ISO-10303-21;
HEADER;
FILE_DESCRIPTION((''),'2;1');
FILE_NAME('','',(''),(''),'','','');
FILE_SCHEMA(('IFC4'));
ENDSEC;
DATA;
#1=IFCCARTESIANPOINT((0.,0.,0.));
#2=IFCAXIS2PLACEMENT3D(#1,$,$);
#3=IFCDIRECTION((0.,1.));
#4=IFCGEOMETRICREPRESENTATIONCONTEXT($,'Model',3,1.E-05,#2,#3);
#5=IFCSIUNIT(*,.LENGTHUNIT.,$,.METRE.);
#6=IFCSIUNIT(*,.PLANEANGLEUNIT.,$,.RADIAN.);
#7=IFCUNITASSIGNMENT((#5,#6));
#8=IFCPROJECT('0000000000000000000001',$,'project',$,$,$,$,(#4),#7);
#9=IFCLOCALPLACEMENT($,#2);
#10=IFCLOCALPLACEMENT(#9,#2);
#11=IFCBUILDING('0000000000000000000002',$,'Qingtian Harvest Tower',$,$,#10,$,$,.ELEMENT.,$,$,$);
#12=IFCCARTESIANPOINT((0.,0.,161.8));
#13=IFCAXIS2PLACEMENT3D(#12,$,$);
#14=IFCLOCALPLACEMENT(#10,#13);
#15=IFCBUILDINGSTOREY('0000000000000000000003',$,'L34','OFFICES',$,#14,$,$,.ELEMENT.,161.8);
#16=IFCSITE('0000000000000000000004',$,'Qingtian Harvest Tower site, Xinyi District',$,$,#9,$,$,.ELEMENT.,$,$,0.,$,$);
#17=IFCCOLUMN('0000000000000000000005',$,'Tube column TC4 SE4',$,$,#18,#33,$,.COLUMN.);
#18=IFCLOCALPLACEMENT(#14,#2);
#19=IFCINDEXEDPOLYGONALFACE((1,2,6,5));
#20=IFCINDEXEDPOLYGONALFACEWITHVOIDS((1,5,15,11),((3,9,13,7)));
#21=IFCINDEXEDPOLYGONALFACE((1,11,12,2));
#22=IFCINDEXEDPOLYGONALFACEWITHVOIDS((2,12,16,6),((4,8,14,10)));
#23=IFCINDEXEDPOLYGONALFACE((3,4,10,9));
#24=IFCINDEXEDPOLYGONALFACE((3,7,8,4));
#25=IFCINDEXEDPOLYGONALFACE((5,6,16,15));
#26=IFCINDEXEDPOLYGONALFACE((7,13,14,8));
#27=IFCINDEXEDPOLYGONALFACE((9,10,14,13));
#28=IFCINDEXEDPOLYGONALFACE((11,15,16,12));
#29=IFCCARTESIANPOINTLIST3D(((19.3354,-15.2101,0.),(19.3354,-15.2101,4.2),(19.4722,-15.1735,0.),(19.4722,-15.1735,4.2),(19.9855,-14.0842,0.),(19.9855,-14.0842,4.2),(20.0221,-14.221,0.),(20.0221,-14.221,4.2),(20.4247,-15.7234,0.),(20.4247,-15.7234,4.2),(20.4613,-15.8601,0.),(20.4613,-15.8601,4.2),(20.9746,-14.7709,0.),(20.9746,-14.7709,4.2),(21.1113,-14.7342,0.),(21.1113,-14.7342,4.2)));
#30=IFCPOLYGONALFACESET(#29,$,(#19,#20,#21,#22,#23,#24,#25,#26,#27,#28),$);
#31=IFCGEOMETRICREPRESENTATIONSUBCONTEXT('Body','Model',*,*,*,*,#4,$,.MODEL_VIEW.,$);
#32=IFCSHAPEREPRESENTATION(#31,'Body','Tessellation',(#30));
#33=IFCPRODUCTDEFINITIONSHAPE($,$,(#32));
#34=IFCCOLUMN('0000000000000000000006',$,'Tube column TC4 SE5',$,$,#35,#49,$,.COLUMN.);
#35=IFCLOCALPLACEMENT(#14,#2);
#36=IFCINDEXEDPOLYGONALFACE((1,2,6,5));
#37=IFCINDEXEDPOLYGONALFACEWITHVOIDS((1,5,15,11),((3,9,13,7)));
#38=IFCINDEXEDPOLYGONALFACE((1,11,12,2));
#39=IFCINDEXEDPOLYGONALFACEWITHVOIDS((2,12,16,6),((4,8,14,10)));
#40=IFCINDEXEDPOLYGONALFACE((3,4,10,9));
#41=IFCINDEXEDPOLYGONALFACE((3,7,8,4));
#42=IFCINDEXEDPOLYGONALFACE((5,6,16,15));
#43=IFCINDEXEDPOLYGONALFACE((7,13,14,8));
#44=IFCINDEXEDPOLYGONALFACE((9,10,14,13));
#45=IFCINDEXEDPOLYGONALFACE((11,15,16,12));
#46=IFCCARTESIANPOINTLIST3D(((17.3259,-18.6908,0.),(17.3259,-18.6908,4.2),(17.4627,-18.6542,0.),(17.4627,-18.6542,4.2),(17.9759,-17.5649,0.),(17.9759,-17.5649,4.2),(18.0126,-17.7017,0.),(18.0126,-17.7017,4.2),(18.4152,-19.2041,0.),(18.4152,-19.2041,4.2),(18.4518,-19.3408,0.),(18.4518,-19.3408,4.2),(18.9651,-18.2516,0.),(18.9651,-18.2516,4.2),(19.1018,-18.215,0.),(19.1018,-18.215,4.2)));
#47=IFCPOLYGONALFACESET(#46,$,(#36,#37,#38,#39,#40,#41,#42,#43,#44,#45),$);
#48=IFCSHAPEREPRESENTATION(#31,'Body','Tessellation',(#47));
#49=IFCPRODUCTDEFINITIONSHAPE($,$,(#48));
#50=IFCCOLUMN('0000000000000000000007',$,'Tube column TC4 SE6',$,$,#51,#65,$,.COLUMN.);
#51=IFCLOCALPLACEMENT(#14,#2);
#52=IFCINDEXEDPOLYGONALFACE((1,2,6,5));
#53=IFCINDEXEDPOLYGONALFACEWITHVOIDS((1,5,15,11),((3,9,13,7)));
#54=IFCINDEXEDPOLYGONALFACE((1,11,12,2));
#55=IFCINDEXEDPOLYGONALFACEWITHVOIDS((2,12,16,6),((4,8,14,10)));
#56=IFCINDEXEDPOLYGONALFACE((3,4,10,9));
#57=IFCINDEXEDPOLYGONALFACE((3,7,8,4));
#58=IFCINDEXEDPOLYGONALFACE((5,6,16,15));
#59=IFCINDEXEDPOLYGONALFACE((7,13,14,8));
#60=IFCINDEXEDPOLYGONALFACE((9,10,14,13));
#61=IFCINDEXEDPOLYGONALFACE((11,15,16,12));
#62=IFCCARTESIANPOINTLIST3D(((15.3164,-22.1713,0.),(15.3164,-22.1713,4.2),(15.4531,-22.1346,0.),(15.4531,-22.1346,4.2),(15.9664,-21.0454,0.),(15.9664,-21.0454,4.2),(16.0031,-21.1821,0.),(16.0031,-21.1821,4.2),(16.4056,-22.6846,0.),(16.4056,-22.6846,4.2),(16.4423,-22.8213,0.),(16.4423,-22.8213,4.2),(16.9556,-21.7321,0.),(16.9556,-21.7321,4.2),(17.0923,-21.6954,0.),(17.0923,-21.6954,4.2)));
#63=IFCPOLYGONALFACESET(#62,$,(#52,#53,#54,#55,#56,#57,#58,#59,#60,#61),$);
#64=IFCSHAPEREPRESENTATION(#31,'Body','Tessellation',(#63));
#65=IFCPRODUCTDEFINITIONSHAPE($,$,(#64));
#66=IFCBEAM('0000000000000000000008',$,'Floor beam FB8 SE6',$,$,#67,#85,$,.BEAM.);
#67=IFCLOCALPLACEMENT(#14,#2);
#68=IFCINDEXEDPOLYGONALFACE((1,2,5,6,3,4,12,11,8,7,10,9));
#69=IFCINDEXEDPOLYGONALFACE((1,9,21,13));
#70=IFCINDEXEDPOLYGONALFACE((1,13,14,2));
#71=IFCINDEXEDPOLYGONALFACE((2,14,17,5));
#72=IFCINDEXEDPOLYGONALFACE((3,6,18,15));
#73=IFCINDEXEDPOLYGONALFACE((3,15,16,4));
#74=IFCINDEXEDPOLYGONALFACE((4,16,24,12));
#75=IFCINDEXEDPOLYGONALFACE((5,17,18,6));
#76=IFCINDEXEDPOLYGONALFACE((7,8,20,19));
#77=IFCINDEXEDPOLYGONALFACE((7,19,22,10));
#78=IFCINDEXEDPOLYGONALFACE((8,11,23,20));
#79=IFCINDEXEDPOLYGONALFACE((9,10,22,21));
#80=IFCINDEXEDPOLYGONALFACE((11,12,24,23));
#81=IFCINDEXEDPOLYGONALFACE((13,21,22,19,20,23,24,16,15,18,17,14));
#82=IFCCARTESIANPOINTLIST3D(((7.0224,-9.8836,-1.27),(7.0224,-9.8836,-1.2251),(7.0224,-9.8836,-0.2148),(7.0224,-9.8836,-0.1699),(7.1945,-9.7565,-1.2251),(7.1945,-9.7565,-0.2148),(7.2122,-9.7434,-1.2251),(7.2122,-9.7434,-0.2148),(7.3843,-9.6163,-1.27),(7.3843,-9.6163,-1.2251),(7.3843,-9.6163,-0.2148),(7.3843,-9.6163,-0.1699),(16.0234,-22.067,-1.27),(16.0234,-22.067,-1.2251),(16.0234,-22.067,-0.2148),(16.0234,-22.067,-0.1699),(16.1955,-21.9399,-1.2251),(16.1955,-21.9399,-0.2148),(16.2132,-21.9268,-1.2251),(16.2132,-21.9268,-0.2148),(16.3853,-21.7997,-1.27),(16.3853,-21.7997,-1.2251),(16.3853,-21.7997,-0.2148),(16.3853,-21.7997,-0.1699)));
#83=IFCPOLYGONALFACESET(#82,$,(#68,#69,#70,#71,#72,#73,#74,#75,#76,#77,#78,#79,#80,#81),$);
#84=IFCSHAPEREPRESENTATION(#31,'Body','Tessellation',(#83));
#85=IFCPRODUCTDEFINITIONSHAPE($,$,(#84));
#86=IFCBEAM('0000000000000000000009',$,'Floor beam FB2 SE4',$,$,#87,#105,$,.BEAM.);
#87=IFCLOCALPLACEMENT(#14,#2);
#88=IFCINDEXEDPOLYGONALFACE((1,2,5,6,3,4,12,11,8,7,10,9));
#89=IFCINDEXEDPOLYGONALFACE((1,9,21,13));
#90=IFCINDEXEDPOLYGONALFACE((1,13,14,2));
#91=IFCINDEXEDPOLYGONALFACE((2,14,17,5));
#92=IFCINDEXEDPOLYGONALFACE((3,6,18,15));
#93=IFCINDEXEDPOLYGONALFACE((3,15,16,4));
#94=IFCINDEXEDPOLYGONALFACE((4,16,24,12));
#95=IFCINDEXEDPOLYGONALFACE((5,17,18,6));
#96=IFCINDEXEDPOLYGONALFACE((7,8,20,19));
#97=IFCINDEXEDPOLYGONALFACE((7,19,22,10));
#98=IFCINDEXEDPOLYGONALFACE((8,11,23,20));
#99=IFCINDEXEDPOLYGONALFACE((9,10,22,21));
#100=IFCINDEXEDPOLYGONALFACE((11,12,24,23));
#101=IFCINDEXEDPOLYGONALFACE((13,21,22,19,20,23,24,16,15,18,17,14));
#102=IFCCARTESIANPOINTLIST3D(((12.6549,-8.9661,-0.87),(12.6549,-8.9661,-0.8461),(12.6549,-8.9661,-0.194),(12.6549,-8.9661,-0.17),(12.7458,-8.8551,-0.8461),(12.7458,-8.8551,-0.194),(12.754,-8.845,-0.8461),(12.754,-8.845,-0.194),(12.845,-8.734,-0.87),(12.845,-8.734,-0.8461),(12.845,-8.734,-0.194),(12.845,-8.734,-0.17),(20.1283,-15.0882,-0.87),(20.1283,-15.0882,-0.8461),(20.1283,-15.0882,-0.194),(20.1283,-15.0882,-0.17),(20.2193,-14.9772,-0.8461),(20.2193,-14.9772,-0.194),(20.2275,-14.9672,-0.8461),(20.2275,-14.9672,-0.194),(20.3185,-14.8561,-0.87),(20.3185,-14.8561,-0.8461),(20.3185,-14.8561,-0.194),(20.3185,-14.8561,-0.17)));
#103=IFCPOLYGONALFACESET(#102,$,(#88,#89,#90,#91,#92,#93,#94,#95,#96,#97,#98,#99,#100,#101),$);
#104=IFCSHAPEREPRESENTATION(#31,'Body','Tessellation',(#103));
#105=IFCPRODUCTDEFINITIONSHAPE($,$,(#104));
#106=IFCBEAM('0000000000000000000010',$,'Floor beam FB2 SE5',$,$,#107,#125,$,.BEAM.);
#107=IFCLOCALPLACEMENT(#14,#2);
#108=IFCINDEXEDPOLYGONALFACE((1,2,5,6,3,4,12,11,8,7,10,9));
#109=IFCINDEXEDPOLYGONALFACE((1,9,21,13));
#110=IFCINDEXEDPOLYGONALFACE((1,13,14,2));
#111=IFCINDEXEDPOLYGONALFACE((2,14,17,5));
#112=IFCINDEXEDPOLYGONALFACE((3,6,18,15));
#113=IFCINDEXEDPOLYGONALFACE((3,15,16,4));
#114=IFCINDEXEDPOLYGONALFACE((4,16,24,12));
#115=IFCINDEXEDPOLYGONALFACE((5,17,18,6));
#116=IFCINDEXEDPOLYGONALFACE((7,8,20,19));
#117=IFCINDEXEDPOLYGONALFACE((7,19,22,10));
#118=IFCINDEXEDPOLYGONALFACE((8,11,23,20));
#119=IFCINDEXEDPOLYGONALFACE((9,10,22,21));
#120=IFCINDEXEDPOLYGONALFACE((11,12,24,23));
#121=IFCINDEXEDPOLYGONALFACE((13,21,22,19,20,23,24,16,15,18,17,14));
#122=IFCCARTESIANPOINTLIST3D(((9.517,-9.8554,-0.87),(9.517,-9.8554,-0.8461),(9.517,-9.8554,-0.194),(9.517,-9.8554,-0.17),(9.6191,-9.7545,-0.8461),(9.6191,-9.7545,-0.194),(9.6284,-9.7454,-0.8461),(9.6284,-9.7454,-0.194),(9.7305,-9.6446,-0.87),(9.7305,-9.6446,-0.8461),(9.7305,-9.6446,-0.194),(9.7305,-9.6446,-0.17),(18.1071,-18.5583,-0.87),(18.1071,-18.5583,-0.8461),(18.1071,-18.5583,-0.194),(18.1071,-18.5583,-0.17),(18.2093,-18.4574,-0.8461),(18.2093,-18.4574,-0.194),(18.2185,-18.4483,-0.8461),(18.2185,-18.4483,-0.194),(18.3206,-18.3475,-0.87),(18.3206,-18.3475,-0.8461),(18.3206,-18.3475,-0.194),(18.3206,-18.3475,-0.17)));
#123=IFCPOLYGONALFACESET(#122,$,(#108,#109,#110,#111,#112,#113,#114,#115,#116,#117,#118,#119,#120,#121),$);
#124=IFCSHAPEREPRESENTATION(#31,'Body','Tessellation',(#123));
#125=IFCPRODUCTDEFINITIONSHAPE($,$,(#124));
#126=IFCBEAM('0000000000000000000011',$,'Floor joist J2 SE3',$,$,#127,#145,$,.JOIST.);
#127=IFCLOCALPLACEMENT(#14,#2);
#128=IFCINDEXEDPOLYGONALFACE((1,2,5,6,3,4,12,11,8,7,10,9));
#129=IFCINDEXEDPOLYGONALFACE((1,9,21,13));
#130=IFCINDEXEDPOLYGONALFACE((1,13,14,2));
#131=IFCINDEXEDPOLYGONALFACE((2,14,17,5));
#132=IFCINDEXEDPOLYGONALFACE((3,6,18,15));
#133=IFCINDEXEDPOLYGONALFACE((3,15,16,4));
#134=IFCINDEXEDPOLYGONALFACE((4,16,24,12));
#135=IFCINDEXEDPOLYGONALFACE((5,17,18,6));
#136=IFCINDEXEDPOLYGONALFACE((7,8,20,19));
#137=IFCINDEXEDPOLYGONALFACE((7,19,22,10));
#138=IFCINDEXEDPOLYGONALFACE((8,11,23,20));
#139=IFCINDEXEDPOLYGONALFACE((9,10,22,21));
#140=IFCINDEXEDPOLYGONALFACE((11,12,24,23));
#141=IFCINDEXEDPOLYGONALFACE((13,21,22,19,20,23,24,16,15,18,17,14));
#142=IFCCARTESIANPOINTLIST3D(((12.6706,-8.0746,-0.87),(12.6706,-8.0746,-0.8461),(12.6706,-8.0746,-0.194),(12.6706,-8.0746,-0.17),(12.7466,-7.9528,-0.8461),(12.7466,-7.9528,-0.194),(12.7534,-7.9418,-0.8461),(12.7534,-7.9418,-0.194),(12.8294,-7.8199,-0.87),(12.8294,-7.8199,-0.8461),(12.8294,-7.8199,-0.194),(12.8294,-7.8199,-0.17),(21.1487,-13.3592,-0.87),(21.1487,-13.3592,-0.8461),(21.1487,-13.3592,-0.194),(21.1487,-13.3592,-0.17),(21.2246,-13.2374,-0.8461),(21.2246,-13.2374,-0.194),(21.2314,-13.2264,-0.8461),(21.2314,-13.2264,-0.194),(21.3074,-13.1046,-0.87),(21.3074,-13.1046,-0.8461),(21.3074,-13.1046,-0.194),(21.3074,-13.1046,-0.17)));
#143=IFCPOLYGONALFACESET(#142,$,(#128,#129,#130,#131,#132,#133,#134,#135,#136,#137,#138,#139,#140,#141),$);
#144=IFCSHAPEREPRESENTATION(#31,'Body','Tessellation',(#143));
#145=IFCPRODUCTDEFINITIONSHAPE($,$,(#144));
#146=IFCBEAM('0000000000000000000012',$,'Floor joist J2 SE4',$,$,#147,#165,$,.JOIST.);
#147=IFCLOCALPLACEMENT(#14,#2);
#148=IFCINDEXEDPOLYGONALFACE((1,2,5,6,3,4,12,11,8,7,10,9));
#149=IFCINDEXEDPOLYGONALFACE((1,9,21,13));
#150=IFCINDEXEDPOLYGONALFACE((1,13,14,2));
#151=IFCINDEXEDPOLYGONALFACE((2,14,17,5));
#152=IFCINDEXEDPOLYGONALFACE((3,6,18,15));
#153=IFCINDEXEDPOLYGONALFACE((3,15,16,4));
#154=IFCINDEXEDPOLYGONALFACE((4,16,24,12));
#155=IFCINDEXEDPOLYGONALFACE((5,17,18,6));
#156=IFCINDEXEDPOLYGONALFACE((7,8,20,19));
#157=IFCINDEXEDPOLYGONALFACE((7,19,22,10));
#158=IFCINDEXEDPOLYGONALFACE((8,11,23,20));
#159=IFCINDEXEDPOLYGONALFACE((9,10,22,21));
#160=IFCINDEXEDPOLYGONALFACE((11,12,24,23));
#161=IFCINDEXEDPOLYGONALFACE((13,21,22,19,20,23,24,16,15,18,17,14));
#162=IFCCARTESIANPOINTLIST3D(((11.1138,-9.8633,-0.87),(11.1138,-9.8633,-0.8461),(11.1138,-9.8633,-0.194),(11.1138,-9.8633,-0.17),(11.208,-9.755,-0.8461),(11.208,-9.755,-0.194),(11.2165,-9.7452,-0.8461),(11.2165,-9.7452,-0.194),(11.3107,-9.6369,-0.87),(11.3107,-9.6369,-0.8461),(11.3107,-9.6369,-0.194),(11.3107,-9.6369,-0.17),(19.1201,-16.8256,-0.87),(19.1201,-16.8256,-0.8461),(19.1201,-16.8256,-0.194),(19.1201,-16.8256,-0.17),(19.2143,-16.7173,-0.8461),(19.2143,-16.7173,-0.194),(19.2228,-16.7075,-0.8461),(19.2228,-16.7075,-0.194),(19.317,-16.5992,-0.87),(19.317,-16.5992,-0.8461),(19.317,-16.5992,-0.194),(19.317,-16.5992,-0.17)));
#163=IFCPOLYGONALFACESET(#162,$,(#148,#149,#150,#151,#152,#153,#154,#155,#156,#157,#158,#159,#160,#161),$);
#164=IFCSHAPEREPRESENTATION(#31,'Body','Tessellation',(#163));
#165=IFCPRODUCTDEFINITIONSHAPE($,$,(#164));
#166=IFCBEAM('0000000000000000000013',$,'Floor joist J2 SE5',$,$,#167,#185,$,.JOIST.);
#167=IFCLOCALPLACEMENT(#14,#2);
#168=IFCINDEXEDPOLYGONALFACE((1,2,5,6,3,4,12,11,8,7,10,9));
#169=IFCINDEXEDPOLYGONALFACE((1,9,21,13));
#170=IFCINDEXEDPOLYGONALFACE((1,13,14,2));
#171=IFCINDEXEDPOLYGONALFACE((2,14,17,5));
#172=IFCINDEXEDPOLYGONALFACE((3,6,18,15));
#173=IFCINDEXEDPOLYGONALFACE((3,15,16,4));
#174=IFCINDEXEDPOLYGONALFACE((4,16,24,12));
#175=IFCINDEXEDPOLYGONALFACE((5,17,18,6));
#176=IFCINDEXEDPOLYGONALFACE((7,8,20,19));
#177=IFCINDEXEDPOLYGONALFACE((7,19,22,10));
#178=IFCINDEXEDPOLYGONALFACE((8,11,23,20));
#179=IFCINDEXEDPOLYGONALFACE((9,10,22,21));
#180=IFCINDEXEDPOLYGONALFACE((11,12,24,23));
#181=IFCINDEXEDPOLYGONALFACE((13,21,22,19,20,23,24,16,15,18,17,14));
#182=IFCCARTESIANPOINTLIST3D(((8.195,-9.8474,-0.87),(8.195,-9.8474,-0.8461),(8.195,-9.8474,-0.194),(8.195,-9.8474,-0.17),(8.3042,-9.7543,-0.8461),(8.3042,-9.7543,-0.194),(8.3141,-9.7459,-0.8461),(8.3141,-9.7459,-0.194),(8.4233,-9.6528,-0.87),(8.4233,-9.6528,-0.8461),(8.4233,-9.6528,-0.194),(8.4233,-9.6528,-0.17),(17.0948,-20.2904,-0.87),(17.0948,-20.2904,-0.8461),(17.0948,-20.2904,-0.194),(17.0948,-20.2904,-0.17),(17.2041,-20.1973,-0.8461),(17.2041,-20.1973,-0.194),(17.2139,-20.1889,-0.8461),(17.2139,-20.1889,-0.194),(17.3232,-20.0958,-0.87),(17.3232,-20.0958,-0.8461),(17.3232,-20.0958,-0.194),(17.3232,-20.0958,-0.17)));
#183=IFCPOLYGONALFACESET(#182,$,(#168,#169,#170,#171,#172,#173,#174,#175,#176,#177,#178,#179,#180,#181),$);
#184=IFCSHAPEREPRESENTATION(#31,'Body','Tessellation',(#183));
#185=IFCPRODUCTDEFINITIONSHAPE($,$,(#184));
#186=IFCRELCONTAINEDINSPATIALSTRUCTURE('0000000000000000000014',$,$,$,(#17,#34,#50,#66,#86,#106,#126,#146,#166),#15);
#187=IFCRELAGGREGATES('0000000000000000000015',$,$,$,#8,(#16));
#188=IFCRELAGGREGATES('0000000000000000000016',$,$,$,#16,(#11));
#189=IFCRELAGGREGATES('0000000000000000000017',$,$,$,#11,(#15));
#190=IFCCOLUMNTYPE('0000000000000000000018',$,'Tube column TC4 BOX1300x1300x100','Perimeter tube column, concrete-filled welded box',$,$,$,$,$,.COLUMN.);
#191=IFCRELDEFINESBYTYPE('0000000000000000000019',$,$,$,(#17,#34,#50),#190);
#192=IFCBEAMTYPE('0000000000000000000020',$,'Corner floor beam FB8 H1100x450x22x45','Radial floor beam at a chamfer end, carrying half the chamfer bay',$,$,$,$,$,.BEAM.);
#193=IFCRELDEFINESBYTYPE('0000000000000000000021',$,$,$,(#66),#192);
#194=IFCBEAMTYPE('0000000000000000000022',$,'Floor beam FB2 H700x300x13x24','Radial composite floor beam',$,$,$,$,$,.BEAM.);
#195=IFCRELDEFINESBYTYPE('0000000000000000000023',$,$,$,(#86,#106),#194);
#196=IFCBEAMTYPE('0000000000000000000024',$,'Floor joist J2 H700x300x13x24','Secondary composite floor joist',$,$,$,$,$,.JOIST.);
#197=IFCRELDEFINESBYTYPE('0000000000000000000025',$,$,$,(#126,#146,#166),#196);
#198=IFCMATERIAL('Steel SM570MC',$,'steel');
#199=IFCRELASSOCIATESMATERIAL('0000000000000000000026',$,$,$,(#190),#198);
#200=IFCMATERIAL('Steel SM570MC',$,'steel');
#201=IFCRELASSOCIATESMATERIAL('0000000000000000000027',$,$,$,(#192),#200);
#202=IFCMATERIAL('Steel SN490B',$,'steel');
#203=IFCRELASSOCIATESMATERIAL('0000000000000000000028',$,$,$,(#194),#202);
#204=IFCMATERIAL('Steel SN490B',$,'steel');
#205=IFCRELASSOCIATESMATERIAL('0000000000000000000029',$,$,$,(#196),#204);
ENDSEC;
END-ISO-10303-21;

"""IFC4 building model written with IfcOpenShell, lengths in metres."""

from ifc_helpers import new_model, si_unit, direction, frame, origin, origin_2d, place, context, subcontext, project, spatial, hollow_rectangle, i_section, extrude, material, material_profile, profile_set, type_object, element, save


model = new_model("IFC4")

# Units and contexts
model_context = context("Model", 3, precision=1e-05, world=origin(), true_north=direction((0.0, 1.0)))
body_context = subcontext(model_context, "Body", "Model", "MODEL_VIEW")
ifc_project = project(units=[si_unit("LENGTHUNIT", "METRE"), si_unit("PLANEANGLEUNIT", "RADIAN")], contexts=[model_context])

# Site, building, storey
site_placement = place(None, origin())
site = spatial("IfcSite", under=ifc_project, at=site_placement, Name="Qingtian Harvest Tower site, Xinyi District", CompositionType="ELEMENT", RefElevation=0.0)
building_placement = place(site_placement, origin())
building = spatial("IfcBuilding", under=site, at=building_placement, Name="Qingtian Harvest Tower", CompositionType="ELEMENT")
storey_placement = place(building_placement, frame((0.0, 0.0, 161.8)))
storey = spatial("IfcBuildingStorey", under=building, at=storey_placement, Name="L34", Description="OFFICES", CompositionType="ELEMENT", Elevation=161.8)

# Columns
ifc_material_1 = material(Name="Steel SM570MC", Category="steel")
ifc_material_profile_1 = material_profile(ifc_material_1, hollow_rectangle(XDim=1.3, YDim=1.3, WallThickness=0.1001, at=origin_2d()), Name="BOX1300x1300x100")
ifc_profile_set_1 = profile_set([ifc_material_profile_1], Name="Steel SM570MC")
column_type = type_object("IfcColumnType", Name="Tube column TC4 BOX1300x1300x100", Description="Perimeter tube column, concrete-filled welded box", PredefinedType="COLUMN", material=ifc_profile_set_1)
for number, where, z_axis, x_axis, name in (
    (1, (20.2234, -14.9722, 0.0), (0.0, 0.0, 1.0), (0.5, 0.866025, 0.0), "Tube column TC4 SE4"),
    (2, (18.2139, -18.4529, 0.0), (0.0, 0.0, 1.0), (0.5, 0.866025, 0.0), "Tube column TC4 SE5"),
    (3, (16.2043, -21.9333, 0.0), (0.0, 0.0, 1.0), (0.5, 0.866025, 0.0), "Tube column TC4 SE6"),
):
    element("IfcColumn", number, at=place(storey_placement, frame(where, z_axis=z_axis, x_axis=x_axis)), inside=storey, type_object=column_type, Name=name, PredefinedType="COLUMN", context=body_context, shape_type="SweptSolid", body=[
        extrude(hollow_rectangle(XDim=1.3, YDim=1.3, WallThickness=0.1001, at=origin_2d()), origin(), (0.0, 0.0, 1.0), 4.2),
    ])

# Beams
ifc_material_2 = material(Name="Steel SM570MC", Category="steel")
ifc_material_profile_2 = material_profile(ifc_material_2, i_section(OverallWidth=0.45, OverallDepth=1.1001, WebThickness=0.022, FlangeThickness=0.0449, at=origin_2d()), Name="H1100x450x22x45")
ifc_profile_set_2 = profile_set([ifc_material_profile_2], Name="Steel SM570MC")
beam_type_1 = type_object("IfcBeamType", Name="Corner floor beam FB8 H1100x450x22x45", Description="Radial floor beam at a chamfer end, carrying half the chamfer bay", PredefinedType="BEAM", material=ifc_profile_set_2)
beam_1_placement = place(storey_placement, frame((16.2043, -21.9333, -0.72), z_axis=(-0.594216, 0.804306, 0.0), x_axis=(-0.804306, -0.594216, 0.0)))
element("IfcBeam", 4, at=beam_1_placement, inside=storey, type_object=beam_type_1, Name="Floor beam FB8 SE6", PredefinedType="BEAM", context=body_context, shape_type="SweptSolid", body=[
    extrude(i_section(OverallWidth=0.45, OverallDepth=1.1001, WebThickness=0.022, FlangeThickness=0.0449, at=origin_2d()), origin(), (0.0, 0.0, 1.0), 15.1477),
])
ifc_material_3 = material(Name="Steel SN490B", Category="steel")
ifc_material_profile_3 = material_profile(ifc_material_3, i_section(OverallWidth=0.3, OverallDepth=0.7, WebThickness=0.0129, FlangeThickness=0.0239, at=origin_2d()), Name="H700x300x13x24")
ifc_profile_set_3 = profile_set([ifc_material_profile_3], Name="Steel SN490B")
beam_type_2 = type_object("IfcBeamType", Name="Floor beam FB2 H700x300x13x24", Description="Radial composite floor beam", PredefinedType="BEAM", material=ifc_profile_set_3)
beam_2_placement = place(storey_placement, frame((20.2234, -14.9722, -0.52), z_axis=(-0.773578, 0.633701, 0.0), x_axis=(-0.633701, -0.773578, 0.0)))
element("IfcBeam", 5, at=beam_2_placement, inside=storey, type_object=beam_type_2, Name="Floor beam FB2 SE4", PredefinedType="BEAM", context=body_context, shape_type="SweptSolid", body=[
    extrude(i_section(OverallWidth=0.3, OverallDepth=0.7, WebThickness=0.0129, FlangeThickness=0.0239, at=origin_2d()), origin(), (0.0, 0.0, 1.0), 9.6609),
])
beam_3_placement = place(storey_placement, frame((18.2139, -18.4529, -0.52), z_axis=(-0.70248, 0.711704, 0.0), x_axis=(-0.711704, -0.70248, 0.0)))
element("IfcBeam", 6, at=beam_3_placement, inside=storey, type_object=beam_type_2, Name="Floor beam FB2 SE5", PredefinedType="BEAM", context=body_context, shape_type="SweptSolid", body=[
    extrude(i_section(OverallWidth=0.3, OverallDepth=0.7, WebThickness=0.0129, FlangeThickness=0.0239, at=origin_2d()), origin(), (0.0, 0.0, 1.0), 12.2283),
])
ifc_material_4 = material(Name="Steel SN490B", Category="steel")
ifc_material_profile_4 = material_profile(ifc_material_4, i_section(OverallWidth=0.3, OverallDepth=0.7, WebThickness=0.0129, FlangeThickness=0.0239, at=origin_2d()), Name="H700x300x13x24")
ifc_profile_set_4 = profile_set([ifc_material_profile_4], Name="Steel SN490B")
beam_type_3 = type_object("IfcBeamType", Name="Floor joist J2 H700x300x13x24", Description="Secondary composite floor joist", PredefinedType="JOIST", material=ifc_profile_set_4)
beam_4_placement = place(storey_placement, frame((21.228, -13.2319, -0.52), z_axis=(-0.848632, 0.528984, 0.0), x_axis=(-0.528984, -0.848632, 0.0)))
element("IfcBeam", 7, at=beam_4_placement, inside=storey, type_object=beam_type_3, Name="Floor joist J2 SE3", PredefinedType="JOIST", context=body_context, shape_type="SweptSolid", body=[
    extrude(i_section(OverallWidth=0.3, OverallDepth=0.7, WebThickness=0.0129, FlangeThickness=0.0239, at=origin_2d()), origin(), (0.0, 0.0, 1.0), 9.9902),
])
beam_5_placement = place(storey_placement, frame((19.2185, -16.7124, -0.52), z_axis=(-0.754589, 0.656198, 0.0), x_axis=(-0.656198, -0.754589, 0.0)))
element("IfcBeam", 8, at=beam_5_placement, inside=storey, type_object=beam_type_3, Name="Floor joist J2 SE4", PredefinedType="JOIST", context=body_context, shape_type="SweptSolid", body=[
    extrude(i_section(OverallWidth=0.3, OverallDepth=0.7, WebThickness=0.0129, FlangeThickness=0.0239, at=origin_2d()), origin(), (0.0, 0.0, 1.0), 10.6101),
])
beam_6_placement = place(storey_placement, frame((17.209, -20.1931, -0.52), z_axis=(-0.648632, 0.761102, 0.0), x_axis=(-0.761102, -0.648632, 0.0)))
element("IfcBeam", 9, at=beam_6_placement, inside=storey, type_object=beam_type_3, Name="Floor joist J2 SE5", PredefinedType="JOIST", context=body_context, shape_type="SweptSolid", body=[
    extrude(i_section(OverallWidth=0.3, OverallDepth=0.7, WebThickness=0.0129, FlangeThickness=0.0239, at=origin_2d()), origin(), (0.0, 0.0, 1.0), 13.7209),
])

save(model, "model.ifc")
